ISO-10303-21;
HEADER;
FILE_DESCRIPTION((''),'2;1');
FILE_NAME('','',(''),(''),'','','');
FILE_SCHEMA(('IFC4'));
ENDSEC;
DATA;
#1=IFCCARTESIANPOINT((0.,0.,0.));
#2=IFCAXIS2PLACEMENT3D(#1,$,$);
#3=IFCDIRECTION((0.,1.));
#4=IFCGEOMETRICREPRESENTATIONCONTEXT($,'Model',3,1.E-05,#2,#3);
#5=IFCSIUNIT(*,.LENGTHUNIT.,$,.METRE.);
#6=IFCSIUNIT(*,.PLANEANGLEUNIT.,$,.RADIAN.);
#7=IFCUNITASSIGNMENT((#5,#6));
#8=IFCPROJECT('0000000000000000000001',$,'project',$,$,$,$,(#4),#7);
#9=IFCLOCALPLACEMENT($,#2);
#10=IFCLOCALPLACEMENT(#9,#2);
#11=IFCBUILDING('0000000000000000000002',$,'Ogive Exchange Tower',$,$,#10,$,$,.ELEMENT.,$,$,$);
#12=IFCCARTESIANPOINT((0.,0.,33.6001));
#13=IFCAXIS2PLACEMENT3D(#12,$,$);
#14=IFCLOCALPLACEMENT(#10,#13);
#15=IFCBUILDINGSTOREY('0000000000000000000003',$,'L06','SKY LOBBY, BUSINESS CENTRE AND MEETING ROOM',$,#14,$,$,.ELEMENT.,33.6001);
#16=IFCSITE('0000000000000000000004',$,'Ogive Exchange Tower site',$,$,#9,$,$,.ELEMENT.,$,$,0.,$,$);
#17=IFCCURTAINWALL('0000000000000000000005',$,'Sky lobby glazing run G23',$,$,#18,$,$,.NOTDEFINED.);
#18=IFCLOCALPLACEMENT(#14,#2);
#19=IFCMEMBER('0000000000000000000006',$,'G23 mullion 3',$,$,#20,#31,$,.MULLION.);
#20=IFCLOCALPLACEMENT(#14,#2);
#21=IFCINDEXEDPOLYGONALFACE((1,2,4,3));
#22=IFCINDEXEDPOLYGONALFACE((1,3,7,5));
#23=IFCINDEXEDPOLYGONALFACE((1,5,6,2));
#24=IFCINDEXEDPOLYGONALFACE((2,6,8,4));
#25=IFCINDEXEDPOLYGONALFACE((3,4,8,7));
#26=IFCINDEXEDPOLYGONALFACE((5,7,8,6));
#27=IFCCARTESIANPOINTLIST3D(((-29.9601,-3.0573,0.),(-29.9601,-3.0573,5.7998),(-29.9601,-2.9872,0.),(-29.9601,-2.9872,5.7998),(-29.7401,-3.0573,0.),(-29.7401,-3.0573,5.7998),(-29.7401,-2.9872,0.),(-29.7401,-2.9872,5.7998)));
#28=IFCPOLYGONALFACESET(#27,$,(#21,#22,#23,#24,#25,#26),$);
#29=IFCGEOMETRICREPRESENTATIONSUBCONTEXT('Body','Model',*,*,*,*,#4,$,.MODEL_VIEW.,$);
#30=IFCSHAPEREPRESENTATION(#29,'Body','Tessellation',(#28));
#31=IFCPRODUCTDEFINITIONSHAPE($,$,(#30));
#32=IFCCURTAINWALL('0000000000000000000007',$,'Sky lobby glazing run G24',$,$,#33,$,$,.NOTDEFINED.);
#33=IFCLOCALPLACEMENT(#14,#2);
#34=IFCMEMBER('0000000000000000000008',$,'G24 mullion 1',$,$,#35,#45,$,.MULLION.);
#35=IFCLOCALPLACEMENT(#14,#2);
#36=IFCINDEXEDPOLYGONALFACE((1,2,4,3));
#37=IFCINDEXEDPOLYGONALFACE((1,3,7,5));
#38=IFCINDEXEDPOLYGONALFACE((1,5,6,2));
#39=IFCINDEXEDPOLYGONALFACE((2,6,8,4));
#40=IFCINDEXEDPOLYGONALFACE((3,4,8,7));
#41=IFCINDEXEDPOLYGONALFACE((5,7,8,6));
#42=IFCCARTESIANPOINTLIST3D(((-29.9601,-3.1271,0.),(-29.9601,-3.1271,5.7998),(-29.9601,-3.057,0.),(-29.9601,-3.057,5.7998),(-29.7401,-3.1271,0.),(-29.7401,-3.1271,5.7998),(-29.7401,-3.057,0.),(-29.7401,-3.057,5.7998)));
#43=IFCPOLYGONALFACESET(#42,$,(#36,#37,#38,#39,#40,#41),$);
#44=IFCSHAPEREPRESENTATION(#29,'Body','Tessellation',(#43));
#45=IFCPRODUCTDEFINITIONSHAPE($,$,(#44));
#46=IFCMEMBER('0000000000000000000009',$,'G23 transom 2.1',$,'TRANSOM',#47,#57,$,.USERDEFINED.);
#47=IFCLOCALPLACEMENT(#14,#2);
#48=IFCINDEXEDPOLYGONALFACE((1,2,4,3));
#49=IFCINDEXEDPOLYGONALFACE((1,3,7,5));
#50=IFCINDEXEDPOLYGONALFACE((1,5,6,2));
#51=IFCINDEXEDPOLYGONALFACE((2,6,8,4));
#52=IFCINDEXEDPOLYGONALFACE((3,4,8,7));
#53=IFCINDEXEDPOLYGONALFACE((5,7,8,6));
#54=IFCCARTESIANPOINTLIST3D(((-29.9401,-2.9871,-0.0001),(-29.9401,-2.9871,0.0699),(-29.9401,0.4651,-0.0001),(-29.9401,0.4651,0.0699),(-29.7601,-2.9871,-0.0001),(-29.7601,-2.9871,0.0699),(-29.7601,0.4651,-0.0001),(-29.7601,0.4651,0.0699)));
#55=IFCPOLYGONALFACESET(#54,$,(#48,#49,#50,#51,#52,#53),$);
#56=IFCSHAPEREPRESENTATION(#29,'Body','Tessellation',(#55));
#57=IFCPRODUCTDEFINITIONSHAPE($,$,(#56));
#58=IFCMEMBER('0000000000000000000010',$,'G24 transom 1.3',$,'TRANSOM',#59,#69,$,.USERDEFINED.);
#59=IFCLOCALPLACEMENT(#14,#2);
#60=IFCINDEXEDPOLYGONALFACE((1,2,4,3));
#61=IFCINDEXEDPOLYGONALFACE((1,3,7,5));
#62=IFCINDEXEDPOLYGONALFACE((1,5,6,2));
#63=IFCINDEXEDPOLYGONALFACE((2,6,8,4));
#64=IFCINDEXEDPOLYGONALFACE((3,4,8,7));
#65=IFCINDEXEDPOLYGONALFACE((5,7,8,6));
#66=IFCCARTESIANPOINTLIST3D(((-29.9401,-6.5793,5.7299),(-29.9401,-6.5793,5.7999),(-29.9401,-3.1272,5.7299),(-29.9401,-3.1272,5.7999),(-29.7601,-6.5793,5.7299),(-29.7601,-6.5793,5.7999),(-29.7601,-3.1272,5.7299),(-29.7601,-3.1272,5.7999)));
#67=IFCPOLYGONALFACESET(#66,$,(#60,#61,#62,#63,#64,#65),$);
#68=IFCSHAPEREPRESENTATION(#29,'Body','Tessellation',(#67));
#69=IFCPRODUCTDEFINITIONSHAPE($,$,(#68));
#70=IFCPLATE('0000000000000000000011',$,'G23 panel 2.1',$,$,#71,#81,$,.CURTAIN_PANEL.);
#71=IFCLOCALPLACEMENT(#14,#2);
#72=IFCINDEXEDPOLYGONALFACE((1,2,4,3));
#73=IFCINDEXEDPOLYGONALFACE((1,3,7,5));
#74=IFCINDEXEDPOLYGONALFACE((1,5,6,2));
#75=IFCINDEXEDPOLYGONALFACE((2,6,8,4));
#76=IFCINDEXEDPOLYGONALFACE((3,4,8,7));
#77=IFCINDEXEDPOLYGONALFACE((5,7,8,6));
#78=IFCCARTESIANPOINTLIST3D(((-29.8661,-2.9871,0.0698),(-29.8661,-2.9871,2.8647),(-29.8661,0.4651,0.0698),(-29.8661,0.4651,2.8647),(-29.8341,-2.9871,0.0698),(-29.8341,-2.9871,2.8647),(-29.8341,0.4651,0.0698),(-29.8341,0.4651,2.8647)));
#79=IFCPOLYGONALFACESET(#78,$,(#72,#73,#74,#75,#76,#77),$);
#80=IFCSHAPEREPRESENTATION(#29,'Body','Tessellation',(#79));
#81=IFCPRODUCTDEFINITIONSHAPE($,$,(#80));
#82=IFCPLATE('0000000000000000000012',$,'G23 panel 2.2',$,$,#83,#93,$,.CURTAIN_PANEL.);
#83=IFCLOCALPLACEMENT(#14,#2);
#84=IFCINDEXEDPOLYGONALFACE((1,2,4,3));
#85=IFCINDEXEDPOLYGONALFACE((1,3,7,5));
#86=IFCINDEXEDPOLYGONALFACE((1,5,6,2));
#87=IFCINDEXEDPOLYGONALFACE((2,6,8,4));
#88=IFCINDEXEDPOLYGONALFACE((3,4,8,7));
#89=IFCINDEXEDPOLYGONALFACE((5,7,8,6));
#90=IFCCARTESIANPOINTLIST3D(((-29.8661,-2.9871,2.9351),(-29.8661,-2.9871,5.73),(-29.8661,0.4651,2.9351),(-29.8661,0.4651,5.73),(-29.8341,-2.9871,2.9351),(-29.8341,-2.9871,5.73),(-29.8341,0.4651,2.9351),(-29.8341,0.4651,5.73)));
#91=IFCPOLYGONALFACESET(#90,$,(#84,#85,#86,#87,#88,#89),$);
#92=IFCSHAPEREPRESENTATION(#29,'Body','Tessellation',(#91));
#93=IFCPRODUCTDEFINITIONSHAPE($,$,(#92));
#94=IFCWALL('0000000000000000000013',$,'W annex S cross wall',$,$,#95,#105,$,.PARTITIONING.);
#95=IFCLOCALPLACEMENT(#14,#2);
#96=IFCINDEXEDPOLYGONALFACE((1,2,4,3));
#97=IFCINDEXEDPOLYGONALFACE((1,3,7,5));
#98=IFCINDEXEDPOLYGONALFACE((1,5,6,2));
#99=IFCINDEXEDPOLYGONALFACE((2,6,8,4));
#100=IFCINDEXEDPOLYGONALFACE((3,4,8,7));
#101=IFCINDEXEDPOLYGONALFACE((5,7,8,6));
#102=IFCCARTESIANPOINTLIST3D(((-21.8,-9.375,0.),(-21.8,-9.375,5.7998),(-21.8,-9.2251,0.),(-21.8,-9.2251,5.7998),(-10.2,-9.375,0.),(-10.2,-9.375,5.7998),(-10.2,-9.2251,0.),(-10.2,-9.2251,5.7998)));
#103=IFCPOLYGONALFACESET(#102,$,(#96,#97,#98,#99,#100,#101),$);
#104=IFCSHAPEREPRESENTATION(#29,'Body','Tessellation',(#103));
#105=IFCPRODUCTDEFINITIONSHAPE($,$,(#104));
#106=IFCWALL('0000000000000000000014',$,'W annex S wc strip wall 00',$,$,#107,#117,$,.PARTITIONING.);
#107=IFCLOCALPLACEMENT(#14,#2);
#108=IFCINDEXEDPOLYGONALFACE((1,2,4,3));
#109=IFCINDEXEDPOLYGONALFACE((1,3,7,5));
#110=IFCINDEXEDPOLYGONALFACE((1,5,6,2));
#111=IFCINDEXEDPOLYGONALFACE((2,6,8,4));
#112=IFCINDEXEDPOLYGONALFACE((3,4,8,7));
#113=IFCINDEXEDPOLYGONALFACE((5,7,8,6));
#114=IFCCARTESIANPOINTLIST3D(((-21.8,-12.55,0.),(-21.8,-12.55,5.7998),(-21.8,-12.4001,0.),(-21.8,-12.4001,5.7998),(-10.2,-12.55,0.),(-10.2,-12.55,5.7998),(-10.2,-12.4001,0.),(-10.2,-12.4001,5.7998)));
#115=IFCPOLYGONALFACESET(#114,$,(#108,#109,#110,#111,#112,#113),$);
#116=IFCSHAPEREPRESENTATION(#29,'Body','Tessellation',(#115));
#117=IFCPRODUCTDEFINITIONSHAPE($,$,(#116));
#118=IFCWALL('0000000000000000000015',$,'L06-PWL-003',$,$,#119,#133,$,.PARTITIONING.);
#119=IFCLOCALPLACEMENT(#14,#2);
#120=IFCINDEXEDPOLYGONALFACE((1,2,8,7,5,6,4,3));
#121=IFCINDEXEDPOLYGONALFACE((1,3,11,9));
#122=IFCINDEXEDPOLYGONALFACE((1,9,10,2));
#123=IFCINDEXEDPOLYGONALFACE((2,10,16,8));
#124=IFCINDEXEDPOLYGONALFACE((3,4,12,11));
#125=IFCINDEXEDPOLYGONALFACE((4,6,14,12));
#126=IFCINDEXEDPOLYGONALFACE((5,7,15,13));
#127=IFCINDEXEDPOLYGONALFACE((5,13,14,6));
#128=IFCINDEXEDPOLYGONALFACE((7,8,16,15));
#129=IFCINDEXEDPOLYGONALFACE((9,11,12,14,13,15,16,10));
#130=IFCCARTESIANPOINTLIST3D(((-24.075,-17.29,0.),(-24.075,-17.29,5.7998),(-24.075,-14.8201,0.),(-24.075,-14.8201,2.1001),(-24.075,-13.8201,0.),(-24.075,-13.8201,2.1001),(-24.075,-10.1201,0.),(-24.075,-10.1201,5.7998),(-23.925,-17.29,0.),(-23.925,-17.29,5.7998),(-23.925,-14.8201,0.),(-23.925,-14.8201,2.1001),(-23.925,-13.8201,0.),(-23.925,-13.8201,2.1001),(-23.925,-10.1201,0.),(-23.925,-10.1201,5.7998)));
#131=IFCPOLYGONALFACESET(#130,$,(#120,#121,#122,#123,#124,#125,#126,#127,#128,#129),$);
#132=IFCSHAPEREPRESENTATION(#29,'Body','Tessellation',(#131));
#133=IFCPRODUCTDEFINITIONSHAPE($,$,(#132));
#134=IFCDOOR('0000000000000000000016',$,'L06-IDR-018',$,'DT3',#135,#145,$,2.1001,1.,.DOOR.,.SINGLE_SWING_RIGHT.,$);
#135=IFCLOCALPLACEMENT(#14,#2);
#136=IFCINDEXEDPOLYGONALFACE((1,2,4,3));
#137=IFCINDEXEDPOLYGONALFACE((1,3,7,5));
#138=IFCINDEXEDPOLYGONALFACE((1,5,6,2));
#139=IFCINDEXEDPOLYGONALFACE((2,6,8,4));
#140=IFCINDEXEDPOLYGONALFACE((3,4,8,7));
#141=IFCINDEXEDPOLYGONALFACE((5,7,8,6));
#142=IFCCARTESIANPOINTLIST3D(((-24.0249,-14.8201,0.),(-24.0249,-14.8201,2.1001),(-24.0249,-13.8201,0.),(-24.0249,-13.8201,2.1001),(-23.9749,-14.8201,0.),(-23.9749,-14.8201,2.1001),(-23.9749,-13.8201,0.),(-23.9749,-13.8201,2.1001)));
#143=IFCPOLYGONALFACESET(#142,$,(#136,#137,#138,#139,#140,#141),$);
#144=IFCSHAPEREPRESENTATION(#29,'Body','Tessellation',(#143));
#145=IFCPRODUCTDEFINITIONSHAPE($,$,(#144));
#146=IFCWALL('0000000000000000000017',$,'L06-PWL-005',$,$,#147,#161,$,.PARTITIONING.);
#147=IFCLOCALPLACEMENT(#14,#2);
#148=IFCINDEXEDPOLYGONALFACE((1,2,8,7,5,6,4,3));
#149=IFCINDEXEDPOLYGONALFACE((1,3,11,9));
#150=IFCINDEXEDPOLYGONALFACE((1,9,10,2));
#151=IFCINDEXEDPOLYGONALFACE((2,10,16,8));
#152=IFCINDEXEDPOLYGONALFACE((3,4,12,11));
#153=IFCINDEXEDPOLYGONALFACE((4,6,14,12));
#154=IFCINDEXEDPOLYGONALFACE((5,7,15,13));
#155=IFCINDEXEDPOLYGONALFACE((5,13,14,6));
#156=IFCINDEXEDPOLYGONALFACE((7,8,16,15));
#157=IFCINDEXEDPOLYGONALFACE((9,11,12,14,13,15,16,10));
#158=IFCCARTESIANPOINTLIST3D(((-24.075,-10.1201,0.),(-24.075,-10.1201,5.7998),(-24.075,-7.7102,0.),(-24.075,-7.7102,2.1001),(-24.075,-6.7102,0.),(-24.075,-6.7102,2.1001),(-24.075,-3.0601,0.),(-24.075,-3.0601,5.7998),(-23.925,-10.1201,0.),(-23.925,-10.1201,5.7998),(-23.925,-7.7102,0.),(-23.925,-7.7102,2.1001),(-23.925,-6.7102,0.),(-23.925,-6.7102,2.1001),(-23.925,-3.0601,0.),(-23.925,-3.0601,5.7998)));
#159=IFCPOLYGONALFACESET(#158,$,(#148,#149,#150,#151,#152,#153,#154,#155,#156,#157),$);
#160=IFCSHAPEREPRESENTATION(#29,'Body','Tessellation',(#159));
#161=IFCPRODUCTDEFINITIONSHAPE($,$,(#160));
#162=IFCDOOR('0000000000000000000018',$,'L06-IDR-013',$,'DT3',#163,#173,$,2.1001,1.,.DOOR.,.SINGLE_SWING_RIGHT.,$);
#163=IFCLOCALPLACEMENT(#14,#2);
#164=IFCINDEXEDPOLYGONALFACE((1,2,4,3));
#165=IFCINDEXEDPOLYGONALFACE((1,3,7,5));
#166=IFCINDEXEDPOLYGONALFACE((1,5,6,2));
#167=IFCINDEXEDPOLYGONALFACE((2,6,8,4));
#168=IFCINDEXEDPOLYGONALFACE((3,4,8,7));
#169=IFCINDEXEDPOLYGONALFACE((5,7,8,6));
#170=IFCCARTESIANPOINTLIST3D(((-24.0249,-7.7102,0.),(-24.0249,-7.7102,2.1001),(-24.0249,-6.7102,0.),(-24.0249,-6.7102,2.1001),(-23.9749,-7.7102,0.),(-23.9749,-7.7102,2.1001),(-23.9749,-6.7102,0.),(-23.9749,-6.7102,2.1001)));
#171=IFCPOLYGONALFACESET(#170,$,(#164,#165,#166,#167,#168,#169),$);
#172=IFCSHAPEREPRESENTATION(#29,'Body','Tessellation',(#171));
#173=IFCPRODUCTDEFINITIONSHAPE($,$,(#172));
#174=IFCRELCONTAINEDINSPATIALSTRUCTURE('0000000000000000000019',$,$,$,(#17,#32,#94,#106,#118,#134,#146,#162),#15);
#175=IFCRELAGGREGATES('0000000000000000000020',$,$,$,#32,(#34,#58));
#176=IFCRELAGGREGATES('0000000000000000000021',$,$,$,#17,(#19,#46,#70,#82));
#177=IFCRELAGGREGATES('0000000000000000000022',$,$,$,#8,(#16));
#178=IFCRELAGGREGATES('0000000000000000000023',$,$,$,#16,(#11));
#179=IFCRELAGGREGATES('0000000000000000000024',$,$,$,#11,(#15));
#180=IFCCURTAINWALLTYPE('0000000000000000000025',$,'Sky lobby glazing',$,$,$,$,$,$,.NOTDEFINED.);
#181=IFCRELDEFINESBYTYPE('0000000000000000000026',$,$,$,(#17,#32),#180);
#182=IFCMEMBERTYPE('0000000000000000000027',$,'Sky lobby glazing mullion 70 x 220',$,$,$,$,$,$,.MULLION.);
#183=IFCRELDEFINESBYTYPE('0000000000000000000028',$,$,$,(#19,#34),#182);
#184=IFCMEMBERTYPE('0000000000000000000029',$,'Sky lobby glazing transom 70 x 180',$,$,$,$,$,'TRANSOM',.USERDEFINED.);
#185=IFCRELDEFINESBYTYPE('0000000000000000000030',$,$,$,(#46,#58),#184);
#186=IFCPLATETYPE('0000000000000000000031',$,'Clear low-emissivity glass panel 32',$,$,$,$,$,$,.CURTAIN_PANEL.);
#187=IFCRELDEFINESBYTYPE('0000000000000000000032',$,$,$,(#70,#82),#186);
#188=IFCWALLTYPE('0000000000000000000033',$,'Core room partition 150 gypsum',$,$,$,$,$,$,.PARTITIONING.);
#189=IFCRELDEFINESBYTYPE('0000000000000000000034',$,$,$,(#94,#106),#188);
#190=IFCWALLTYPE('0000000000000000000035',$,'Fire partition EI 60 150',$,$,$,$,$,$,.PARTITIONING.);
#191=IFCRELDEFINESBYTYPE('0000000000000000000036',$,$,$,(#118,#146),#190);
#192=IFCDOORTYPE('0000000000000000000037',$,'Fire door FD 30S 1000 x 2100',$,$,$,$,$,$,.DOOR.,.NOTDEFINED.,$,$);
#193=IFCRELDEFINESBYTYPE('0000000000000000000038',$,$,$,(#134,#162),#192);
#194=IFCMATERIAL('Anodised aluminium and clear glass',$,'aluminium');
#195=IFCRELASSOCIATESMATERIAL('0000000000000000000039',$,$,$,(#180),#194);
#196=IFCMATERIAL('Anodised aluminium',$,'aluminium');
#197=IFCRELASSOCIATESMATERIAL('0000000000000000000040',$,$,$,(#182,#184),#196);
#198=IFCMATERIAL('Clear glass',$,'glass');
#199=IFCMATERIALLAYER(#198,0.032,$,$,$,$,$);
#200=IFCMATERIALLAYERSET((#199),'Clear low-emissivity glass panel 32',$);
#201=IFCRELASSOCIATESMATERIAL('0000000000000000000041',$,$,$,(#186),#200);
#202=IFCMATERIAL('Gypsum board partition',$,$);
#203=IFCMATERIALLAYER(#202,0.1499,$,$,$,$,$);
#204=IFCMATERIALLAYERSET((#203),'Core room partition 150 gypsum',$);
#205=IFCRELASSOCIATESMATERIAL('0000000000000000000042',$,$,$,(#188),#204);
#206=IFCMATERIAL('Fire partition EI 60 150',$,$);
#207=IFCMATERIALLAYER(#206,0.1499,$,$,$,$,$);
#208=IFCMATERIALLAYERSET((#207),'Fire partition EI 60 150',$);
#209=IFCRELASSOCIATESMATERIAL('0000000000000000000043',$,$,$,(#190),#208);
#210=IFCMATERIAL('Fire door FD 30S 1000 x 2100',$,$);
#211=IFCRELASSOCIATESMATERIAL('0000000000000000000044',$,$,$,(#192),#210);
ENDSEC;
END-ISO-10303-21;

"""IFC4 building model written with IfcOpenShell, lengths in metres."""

from ifc_helpers import new_model, si_unit, direction, frame, frame_2d, origin, origin_2d, place, context, subcontext, project, spatial, rectangle, extrude, material, layer, layer_set, material_profile, profile_set, type_object, element, fill, aggregate, save


model = new_model("IFC4")

# Units and contexts
model_context = context("Model", 3, precision=1e-05, world=origin(), true_north=direction((0.0, 1.0)))
body_context = subcontext(model_context, "Body", "Model", "MODEL_VIEW")
ifc_project = project(units=[si_unit("LENGTHUNIT", "METRE"), si_unit("PLANEANGLEUNIT", "RADIAN")], contexts=[model_context])

# Site, building, storey
site_placement = place(None, origin())
site = spatial("IfcSite", under=ifc_project, at=site_placement, Name="Ogive Exchange Tower site", CompositionType="ELEMENT", RefElevation=0.0)
building_placement = place(site_placement, origin())
building = spatial("IfcBuilding", under=site, at=building_placement, Name="Ogive Exchange Tower", CompositionType="ELEMENT")
storey_placement = place(building_placement, frame((0.0, 0.0, 33.6001)))
storey = spatial("IfcBuildingStorey", under=building, at=storey_placement, Name="L06", Description="SKY LOBBY, BUSINESS CENTRE AND MEETING ROOM", CompositionType="ELEMENT", Elevation=33.6001)

# Curtain walls, members
ifc_material_1 = material(Name="Anodised aluminium and clear glass", Category="aluminium")
curtain_wall_type = type_object("IfcCurtainWallType", Name="Sky lobby glazing", PredefinedType="NOTDEFINED", material=ifc_material_1)
curtain_wall_1_placement = place(storey_placement, origin())
curtain_wall_1 = element("IfcCurtainWall", 1, at=curtain_wall_1_placement, inside=storey, type_object=curtain_wall_type, Name="Sky lobby glazing run G23", PredefinedType="NOTDEFINED")
ifc_material_2 = material(Name="Anodised aluminium", Category="aluminium")
ifc_material_profile_1 = material_profile(ifc_material_2, rectangle(XDim=0.22, YDim=0.0701, at=origin_2d()), Name="AL 70x220")
ifc_profile_set_1 = profile_set([ifc_material_profile_1], Name="Anodised aluminium")
member_type_1 = type_object("IfcMemberType", Name="Sky lobby glazing mullion 70 x 220", PredefinedType="MULLION", material=ifc_profile_set_1)
member_1_placement = place(storey_placement, frame((-29.8501, -3.0222, 0.0), z_axis=(0.0, 0.0, 1.0), x_axis=(1.0, 0.0, 0.0)))
member_1 = element("IfcMember", 2, at=member_1_placement, type_object=member_type_1, Name="G23 mullion 3", PredefinedType="MULLION", context=body_context, shape_type="SweptSolid", body=[
    extrude(rectangle(XDim=0.22, YDim=0.0701, at=origin_2d()), origin(), (0.0, 0.0, 1.0), 5.7998),
])
curtain_wall_2_placement = place(storey_placement, origin())
curtain_wall_2 = element("IfcCurtainWall", 3, at=curtain_wall_2_placement, inside=storey, type_object=curtain_wall_type, Name="Sky lobby glazing run G24", PredefinedType="NOTDEFINED")
member_2_placement = place(storey_placement, frame((-29.8501, -3.092, 0.0), z_axis=(0.0, 0.0, 1.0), x_axis=(1.0, 0.0, 0.0)))
member_2 = element("IfcMember", 4, at=member_2_placement, type_object=member_type_1, Name="G24 mullion 1", PredefinedType="MULLION", context=body_context, shape_type="SweptSolid", body=[
    extrude(rectangle(XDim=0.22, YDim=0.0701, at=origin_2d()), origin(), (0.0, 0.0, 1.0), 5.7998),
])

# Members
ifc_material_profile_2 = material_profile(ifc_material_2, rectangle(XDim=0.1799, YDim=0.0701, at=origin_2d()), Name="AL 70x180")
ifc_profile_set_2 = profile_set([ifc_material_profile_2], Name="Anodised aluminium")
member_type_2 = type_object("IfcMemberType", Name="Sky lobby glazing transom 70 x 180", ElementType="TRANSOM", PredefinedType="USERDEFINED", material=ifc_profile_set_2)
member_3_placement = place(storey_placement, frame((-29.8501, 0.4651, 0.0349), z_axis=(0.0, -1.0, 0.0), x_axis=(1.0, 0.0, 0.0)))
member_3 = element("IfcMember", 5, at=member_3_placement, type_object=member_type_2, Name="G23 transom 2.1", ObjectType="TRANSOM", PredefinedType="USERDEFINED", context=body_context, shape_type="SweptSolid", body=[
    extrude(rectangle(XDim=0.1799, YDim=0.0701, at=origin_2d()), origin(), (0.0, 0.0, 1.0), 3.4521),
])
member_4_placement = place(storey_placement, frame((-29.8501, -3.1272, 5.7649), z_axis=(0.0, -1.0, 0.0), x_axis=(1.0, 0.0, 0.0)))
member_4 = element("IfcMember", 6, at=member_4_placement, type_object=member_type_2, Name="G24 transom 1.3", ObjectType="TRANSOM", PredefinedType="USERDEFINED", context=body_context, shape_type="SweptSolid", body=[
    extrude(rectangle(XDim=0.1799, YDim=0.0701, at=origin_2d()), origin(), (0.0, 0.0, 1.0), 3.4521),
])
aggregate(curtain_wall_2, [member_2, member_4])

# Plates
ifc_material_3 = material(Name="Clear glass", Category="glass")
ifc_layer_1 = layer(ifc_material_3, 0.032)
ifc_layer_set_1 = layer_set([ifc_layer_1], Name="Clear low-emissivity glass panel 32")
plate_type = type_object("IfcPlateType", Name="Clear low-emissivity glass panel 32", PredefinedType="CURTAIN_PANEL", material=ifc_layer_set_1)
plate_1_placement = place(storey_placement, frame((-29.8501, -1.261, 0.0698), z_axis=(0.0, 0.0, 1.0), x_axis=(0.0, -1.0, 0.0)))
plate_1 = element("IfcPlate", 7, at=plate_1_placement, type_object=plate_type, Name="G23 panel 2.1", PredefinedType="CURTAIN_PANEL", context=body_context, shape_type="SweptSolid", body=[
    extrude(rectangle(XDim=3.4521, YDim=0.032, at=origin_2d()), origin(), (0.0, 0.0, 1.0), 2.7949),
])
plate_2_placement = place(storey_placement, frame((-29.8501, -1.261, 2.9351), z_axis=(0.0, 0.0, 1.0), x_axis=(0.0, -1.0, 0.0)))
plate_2 = element("IfcPlate", 8, at=plate_2_placement, type_object=plate_type, Name="G23 panel 2.2", PredefinedType="CURTAIN_PANEL", context=body_context, shape_type="SweptSolid", body=[
    extrude(rectangle(XDim=3.4521, YDim=0.032, at=origin_2d()), origin(), (0.0, 0.0, 1.0), 2.7949),
])
aggregate(curtain_wall_1, [member_1, member_3, plate_1, plate_2])

# Walls
ifc_material_4 = material(Name="Gypsum board partition")
ifc_layer_2 = layer(ifc_material_4, 0.1499)
ifc_layer_set_2 = layer_set([ifc_layer_2], Name="Core room partition 150 gypsum")
wall_type_1 = type_object("IfcWallType", Name="Core room partition 150 gypsum", PredefinedType="PARTITIONING", material=ifc_layer_set_2)
for number, where, z_axis, x_axis, name in (
    (9, (-21.8, -9.3, 0.0), (0.0, 0.0, 1.0), (1.0, 0.0, 0.0), "W annex S cross wall"),
    (10, (-21.8, -12.4751, 0.0), (0.0, 0.0, 1.0), (1.0, 0.0, 0.0), "W annex S wc strip wall 00"),
):
    element("IfcWall", number, at=place(storey_placement, frame(where, z_axis=z_axis, x_axis=x_axis)), inside=storey, type_object=wall_type_1, Name=name, PredefinedType="PARTITIONING", context=body_context, shape_type="SweptSolid", body=[
        extrude(rectangle(XDim=11.6001, YDim=0.1499, at=frame_2d((5.8, 0.0))), origin(), (0.0, 0.0, 1.0), 5.7998),
    ])

# Walls, openings, doors
ifc_material_5 = material(Name="Fire partition EI 60 150")
ifc_layer_3 = layer(ifc_material_5, 0.1499)
ifc_layer_set_3 = layer_set([ifc_layer_3], Name="Fire partition EI 60 150")
wall_type_2 = type_object("IfcWallType", Name="Fire partition EI 60 150", PredefinedType="PARTITIONING", material=ifc_layer_set_3)
wall_1_placement = place(storey_placement, frame((-24.0, -17.29, 0.0), z_axis=(0.0, 0.0, 1.0), x_axis=(0.0, 1.0, 0.0)))
wall_1 = element("IfcWall", 11, at=wall_1_placement, inside=storey, type_object=wall_type_2, Name="L06-PWL-003", PredefinedType="PARTITIONING", context=body_context, shape_type="SweptSolid", body=[
    extrude(rectangle(XDim=7.1699, YDim=0.1499, at=frame_2d((3.585, 0.0))), origin(), (0.0, 0.0, 1.0), 5.7998),
])
opening_1_placement = place(wall_1_placement, frame((2.47, 0.0, 0.0)))
opening_1 = element("IfcOpeningElement", 12, at=opening_1_placement, cuts=wall_1, PredefinedType="OPENING", context=body_context, shape_type="SweptSolid", body=[
    extrude(rectangle(XDim=1.0, YDim=2.1001, at=frame_2d((0.5, 1.05))), frame((0.0, 0.085, 0.0), z_axis=(0.0, -1.0, 0.0), x_axis=(1.0, 0.0, 0.0)), (0.0, 0.0, 1.0), 0.1699),
])
ifc_material_6 = material(Name="Fire door FD 30S 1000 x 2100")
door_type_1 = type_object("IfcDoorType", Name="Fire door FD 30S 1000 x 2100", OperationType="NOTDEFINED", PredefinedType="DOOR", material=ifc_material_6)
door_1_placement = place(opening_1_placement, origin())
door_1 = element("IfcDoor", 13, at=door_1_placement, inside=storey, type_object=door_type_1, Name="L06-IDR-018", ObjectType="DT3", OperationType="SINGLE_SWING_RIGHT", OverallHeight=2.1001, OverallWidth=1.0, PredefinedType="DOOR", context=body_context, shape_type="SweptSolid", body=[
    extrude(rectangle(XDim=1.0, YDim=2.1001, at=frame_2d((0.5, 1.05))), frame((0.0, 0.0249, 0.0), z_axis=(0.0, -1.0, 0.0), x_axis=(1.0, 0.0, 0.0)), (0.0, 0.0, 1.0), 0.05),
])
fill(opening_1, door_1)
wall_2_placement = place(storey_placement, frame((-24.0, -10.1201, 0.0), z_axis=(0.0, 0.0, 1.0), x_axis=(0.0, 1.0, 0.0)))
wall_2 = element("IfcWall", 14, at=wall_2_placement, inside=storey, type_object=wall_type_2, Name="L06-PWL-005", PredefinedType="PARTITIONING", context=body_context, shape_type="SweptSolid", body=[
    extrude(rectangle(XDim=7.0601, YDim=0.1499, at=frame_2d((3.53, 0.0))), origin(), (0.0, 0.0, 1.0), 5.7998),
])
opening_2_placement = place(wall_2_placement, frame((2.4099, 0.0, 0.0)))
opening_2 = element("IfcOpeningElement", 15, at=opening_2_placement, cuts=wall_2, PredefinedType="OPENING", context=body_context, shape_type="SweptSolid", body=[
    extrude(rectangle(XDim=1.0, YDim=2.1001, at=frame_2d((0.5, 1.05))), frame((0.0, 0.085, 0.0), z_axis=(0.0, -1.0, 0.0), x_axis=(1.0, 0.0, 0.0)), (0.0, 0.0, 1.0), 0.1699),
])
door_2_placement = place(opening_2_placement, origin())
door_2 = element("IfcDoor", 16, at=door_2_placement, inside=storey, type_object=door_type_1, Name="L06-IDR-013", ObjectType="DT3", OperationType="SINGLE_SWING_RIGHT", OverallHeight=2.1001, OverallWidth=1.0, PredefinedType="DOOR", context=body_context, shape_type="SweptSolid", body=[
    extrude(rectangle(XDim=1.0, YDim=2.1001, at=frame_2d((0.5, 1.05))), frame((0.0, 0.0249, 0.0), z_axis=(0.0, -1.0, 0.0), x_axis=(1.0, 0.0, 0.0)), (0.0, 0.0, 1.0), 0.05),
])
fill(opening_2, door_2)

save(model, "model.ifc")
